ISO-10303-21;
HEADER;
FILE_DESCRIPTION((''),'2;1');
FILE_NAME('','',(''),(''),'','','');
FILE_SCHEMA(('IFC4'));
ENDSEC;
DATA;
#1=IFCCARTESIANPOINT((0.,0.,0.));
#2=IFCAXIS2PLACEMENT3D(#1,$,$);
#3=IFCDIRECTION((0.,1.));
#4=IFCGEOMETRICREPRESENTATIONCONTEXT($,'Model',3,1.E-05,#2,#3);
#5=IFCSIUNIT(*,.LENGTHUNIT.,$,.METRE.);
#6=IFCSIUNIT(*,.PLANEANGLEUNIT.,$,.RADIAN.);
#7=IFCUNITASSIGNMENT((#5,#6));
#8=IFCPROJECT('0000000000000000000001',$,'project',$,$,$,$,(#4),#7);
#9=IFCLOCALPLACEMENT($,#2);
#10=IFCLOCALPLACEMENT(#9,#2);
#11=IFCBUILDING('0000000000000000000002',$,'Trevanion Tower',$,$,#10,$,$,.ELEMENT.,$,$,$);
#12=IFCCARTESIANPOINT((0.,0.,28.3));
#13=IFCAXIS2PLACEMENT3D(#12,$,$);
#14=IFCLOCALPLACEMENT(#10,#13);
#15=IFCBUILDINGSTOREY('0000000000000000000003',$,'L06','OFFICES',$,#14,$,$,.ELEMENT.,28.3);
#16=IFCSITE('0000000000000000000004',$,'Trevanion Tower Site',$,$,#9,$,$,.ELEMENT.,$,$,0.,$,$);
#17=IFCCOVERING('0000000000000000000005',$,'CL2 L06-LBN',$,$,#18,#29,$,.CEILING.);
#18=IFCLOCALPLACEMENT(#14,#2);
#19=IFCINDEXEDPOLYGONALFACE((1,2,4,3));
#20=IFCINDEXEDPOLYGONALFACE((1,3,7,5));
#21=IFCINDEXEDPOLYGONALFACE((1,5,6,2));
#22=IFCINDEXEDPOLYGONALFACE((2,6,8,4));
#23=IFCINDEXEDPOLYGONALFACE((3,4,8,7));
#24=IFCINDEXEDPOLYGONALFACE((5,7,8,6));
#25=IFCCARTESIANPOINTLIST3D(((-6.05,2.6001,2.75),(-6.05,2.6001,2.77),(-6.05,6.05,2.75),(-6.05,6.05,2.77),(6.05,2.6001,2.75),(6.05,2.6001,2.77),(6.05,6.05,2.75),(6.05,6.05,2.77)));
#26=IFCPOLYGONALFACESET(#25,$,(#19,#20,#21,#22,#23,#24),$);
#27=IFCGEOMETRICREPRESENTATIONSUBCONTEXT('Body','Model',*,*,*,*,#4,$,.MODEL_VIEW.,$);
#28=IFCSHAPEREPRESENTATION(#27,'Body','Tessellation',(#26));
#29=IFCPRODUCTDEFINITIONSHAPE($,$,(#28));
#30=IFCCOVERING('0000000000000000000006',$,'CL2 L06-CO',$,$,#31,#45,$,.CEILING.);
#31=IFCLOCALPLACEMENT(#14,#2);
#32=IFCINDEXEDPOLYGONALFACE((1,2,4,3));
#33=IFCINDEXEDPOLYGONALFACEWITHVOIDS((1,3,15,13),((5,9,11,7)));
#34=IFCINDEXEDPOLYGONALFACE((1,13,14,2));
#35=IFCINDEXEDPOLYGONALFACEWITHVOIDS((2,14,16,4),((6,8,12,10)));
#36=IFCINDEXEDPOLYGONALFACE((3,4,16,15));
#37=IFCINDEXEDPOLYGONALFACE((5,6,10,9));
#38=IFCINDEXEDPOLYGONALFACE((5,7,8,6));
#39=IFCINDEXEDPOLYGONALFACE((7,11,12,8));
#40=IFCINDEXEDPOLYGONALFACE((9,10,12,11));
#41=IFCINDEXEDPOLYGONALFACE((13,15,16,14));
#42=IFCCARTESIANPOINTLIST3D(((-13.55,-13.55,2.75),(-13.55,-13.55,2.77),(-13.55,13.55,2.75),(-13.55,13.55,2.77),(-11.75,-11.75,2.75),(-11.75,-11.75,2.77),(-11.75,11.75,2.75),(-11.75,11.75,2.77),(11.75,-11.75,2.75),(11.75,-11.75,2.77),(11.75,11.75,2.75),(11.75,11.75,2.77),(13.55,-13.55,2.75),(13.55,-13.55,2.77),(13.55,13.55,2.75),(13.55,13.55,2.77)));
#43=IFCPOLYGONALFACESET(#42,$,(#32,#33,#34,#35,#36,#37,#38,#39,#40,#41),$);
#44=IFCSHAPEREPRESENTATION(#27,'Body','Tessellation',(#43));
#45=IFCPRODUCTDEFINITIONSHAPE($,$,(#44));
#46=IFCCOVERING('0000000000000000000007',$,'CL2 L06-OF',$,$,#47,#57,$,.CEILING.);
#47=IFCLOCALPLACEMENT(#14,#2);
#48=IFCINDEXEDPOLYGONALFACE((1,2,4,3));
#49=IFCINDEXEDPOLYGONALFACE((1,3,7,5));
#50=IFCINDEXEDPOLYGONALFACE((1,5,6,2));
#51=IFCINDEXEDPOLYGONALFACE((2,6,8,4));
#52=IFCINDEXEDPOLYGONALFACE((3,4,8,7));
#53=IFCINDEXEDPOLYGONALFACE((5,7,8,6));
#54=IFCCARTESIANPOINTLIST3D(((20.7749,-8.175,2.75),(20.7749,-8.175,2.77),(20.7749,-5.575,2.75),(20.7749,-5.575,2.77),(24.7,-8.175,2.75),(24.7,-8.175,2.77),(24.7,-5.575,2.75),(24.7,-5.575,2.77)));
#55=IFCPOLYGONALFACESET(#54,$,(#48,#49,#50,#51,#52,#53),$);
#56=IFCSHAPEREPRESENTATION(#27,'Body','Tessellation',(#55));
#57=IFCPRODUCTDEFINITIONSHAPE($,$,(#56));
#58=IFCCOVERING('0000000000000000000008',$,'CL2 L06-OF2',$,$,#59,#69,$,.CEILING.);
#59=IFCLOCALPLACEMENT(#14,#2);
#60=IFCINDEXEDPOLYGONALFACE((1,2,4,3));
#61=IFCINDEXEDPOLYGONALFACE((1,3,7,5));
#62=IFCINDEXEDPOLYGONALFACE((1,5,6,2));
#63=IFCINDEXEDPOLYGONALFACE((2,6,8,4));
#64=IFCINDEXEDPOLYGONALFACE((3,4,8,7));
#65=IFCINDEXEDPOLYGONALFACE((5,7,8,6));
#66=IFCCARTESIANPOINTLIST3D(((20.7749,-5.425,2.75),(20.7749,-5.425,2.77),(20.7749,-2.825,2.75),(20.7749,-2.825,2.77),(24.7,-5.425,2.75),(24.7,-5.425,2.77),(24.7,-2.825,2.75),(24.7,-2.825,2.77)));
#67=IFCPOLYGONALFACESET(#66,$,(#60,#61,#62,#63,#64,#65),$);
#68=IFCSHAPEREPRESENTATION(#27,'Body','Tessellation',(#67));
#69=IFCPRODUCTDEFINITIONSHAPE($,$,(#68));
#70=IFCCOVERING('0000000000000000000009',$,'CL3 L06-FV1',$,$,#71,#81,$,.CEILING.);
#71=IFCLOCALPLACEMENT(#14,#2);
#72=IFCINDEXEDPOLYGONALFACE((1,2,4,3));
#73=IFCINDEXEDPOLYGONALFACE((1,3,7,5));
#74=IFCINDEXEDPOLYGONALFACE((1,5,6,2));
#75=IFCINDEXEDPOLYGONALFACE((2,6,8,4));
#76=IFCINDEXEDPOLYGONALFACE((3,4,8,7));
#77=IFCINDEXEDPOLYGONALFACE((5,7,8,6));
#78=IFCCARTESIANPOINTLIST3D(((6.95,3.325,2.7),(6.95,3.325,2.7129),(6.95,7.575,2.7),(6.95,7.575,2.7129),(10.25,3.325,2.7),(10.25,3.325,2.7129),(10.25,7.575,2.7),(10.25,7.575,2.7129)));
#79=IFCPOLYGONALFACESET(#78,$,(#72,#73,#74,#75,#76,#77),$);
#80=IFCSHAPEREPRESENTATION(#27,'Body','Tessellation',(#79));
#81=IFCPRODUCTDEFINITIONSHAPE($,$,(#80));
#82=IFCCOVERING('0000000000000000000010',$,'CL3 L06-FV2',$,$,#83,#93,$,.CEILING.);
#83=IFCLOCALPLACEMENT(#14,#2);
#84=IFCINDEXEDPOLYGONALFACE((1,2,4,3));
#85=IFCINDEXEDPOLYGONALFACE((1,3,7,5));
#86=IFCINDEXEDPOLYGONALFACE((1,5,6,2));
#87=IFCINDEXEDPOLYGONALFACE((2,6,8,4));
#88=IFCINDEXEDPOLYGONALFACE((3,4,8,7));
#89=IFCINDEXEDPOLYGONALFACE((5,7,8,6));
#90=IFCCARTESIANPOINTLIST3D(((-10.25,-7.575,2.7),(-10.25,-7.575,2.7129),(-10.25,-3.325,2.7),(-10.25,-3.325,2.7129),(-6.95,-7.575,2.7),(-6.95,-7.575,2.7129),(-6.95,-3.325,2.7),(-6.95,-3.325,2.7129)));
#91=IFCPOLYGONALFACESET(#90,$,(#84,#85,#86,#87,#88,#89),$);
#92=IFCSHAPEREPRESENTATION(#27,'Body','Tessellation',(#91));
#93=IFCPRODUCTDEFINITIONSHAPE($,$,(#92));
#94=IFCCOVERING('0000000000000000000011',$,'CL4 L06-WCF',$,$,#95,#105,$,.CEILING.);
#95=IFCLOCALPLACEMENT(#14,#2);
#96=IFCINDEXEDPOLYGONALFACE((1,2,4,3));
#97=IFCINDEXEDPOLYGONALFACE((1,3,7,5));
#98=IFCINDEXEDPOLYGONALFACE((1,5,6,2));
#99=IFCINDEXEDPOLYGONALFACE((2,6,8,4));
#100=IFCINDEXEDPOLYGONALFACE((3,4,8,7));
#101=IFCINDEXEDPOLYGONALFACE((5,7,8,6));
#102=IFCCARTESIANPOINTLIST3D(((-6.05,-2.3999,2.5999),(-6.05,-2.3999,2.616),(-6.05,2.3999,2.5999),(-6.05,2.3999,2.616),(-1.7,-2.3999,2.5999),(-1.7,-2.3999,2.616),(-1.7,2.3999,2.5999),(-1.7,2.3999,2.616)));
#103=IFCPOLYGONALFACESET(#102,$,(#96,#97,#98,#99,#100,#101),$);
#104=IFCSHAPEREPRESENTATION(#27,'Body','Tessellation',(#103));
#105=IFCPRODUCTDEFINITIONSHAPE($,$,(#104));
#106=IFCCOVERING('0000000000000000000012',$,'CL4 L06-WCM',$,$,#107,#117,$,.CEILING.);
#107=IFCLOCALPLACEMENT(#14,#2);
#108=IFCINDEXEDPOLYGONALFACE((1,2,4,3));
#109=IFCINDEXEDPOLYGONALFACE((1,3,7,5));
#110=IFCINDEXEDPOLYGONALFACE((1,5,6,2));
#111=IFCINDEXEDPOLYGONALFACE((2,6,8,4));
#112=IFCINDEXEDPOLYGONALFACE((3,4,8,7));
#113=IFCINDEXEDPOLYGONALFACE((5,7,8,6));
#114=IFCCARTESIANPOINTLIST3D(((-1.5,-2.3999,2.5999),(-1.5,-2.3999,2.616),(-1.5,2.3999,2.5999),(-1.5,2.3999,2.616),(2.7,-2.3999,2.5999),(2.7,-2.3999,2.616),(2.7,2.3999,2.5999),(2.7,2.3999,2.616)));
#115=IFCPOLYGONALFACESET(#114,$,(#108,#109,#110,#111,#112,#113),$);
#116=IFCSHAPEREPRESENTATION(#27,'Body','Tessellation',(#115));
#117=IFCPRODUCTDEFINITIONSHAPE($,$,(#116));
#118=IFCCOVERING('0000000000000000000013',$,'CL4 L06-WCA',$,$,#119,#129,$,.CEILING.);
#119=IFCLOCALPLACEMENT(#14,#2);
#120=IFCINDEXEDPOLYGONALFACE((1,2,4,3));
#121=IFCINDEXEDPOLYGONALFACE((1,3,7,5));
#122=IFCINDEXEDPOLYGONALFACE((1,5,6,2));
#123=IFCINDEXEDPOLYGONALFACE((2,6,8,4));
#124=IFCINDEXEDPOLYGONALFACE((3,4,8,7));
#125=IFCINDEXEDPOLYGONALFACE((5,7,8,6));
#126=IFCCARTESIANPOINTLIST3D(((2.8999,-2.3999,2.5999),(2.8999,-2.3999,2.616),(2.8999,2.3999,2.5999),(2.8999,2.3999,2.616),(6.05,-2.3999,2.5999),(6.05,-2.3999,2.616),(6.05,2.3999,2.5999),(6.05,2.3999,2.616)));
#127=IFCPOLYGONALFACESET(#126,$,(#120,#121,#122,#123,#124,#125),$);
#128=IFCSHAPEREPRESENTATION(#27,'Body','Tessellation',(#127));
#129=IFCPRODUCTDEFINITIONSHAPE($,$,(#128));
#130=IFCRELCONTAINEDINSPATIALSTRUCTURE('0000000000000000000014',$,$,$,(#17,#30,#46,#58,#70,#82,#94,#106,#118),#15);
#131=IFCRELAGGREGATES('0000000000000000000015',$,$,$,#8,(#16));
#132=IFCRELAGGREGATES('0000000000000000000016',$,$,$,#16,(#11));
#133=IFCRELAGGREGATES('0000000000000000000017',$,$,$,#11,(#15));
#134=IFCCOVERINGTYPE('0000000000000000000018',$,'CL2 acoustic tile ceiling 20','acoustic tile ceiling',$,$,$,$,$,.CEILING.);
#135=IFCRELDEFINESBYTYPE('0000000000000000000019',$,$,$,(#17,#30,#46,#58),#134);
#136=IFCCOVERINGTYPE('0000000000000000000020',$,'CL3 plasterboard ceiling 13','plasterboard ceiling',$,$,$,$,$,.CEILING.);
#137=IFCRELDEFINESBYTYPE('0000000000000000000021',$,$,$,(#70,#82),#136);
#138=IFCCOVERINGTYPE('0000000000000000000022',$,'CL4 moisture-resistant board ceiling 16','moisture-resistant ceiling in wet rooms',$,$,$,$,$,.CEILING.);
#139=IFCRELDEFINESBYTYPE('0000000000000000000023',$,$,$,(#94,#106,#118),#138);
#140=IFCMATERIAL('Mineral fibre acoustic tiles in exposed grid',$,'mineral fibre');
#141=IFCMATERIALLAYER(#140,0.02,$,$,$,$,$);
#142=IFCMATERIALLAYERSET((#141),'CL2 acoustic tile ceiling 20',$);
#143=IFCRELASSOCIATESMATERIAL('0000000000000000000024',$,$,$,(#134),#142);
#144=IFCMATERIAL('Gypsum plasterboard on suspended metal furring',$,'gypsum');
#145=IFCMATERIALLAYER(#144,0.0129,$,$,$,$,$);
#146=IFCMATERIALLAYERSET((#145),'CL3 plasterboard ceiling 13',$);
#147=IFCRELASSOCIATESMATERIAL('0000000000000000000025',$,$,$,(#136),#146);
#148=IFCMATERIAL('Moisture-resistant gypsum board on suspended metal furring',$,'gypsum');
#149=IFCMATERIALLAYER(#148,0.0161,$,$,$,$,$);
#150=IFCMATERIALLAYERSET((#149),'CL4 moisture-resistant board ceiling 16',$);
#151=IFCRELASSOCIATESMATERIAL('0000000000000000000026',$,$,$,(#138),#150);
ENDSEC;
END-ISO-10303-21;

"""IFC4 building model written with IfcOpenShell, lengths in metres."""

from ifc_helpers import new_model, si_unit, direction, frame, origin, place, context, subcontext, project, spatial, polyline, outline, extrude, material, layer, layer_set, type_object, element, save


model = new_model("IFC4")

# Units and contexts
model_context = context("Model", 3, precision=1e-05, world=origin(), true_north=direction((0.0, 1.0)))
body_context = subcontext(model_context, "Body", "Model", "MODEL_VIEW")
ifc_project = project(units=[si_unit("LENGTHUNIT", "METRE"), si_unit("PLANEANGLEUNIT", "RADIAN")], contexts=[model_context])

# Site, building, storey
site_placement = place(None, origin())
site = spatial("IfcSite", under=ifc_project, at=site_placement, Name="Trevanion Tower Site", CompositionType="ELEMENT", RefElevation=0.0)
building_placement = place(site_placement, origin())
building = spatial("IfcBuilding", under=site, at=building_placement, Name="Trevanion Tower", CompositionType="ELEMENT")
storey_placement = place(building_placement, frame((0.0, 0.0, 28.3)))
storey = spatial("IfcBuildingStorey", under=building, at=storey_placement, Name="L06", Description="OFFICES", CompositionType="ELEMENT", Elevation=28.3)

# Coverings
ifc_material_1 = material(Name="Mineral fibre acoustic tiles in exposed grid", Category="mineral fibre")
ifc_layer_1 = layer(ifc_material_1, 0.02)
ifc_layer_set_1 = layer_set([ifc_layer_1], Name="CL2 acoustic tile ceiling 20")
covering_type_1 = type_object("IfcCoveringType", Name="CL2 acoustic tile ceiling 20", Description="acoustic tile ceiling", PredefinedType="CEILING", material=ifc_layer_set_1)
covering_1_placement = place(storey_placement, frame((0.0, 0.0, 2.75)))
element("IfcCovering", 1, at=covering_1_placement, inside=storey, type_object=covering_type_1, Name="CL2 L06-LBN", PredefinedType="CEILING", context=body_context, shape_type="SweptSolid", body=[
    extrude(outline(polyline([(6.05, 2.6001), (6.05, 6.05), (-6.05, 6.05), (-6.05, 2.6001), (6.05, 2.6001)])), origin(), (0.0, 0.0, 1.0), 0.02),
])
covering_2_placement = place(storey_placement, frame((0.0, 0.0, 2.75)))
element("IfcCovering", 2, at=covering_2_placement, inside=storey, type_object=covering_type_1, Name="CL2 L06-CO", PredefinedType="CEILING", context=body_context, shape_type="SweptSolid", body=[
    extrude(outline(polyline([(-13.55, 13.55), (13.55, 13.55), (13.55, -13.55), (-13.55, -13.55), (-13.55, 13.55)]), holes=[polyline([(-11.75, 11.75), (-11.75, -11.75), (11.75, -11.75), (11.75, 11.75), (-11.75, 11.75)])]), origin(), (0.0, 0.0, 1.0), 0.02),
])
covering_3_placement = place(storey_placement, frame((0.0, 0.0, 2.75)))
element("IfcCovering", 3, at=covering_3_placement, inside=storey, type_object=covering_type_1, Name="CL2 L06-OF", PredefinedType="CEILING", context=body_context, shape_type="SweptSolid", body=[
    extrude(outline(polyline([(20.7749, -8.175), (20.7749, -5.575), (24.7, -5.575), (24.7, -8.175), (20.7749, -8.175)])), origin(), (0.0, 0.0, 1.0), 0.02),
])
covering_4_placement = place(storey_placement, frame((0.0, 0.0, 2.75)))
element("IfcCovering", 4, at=covering_4_placement, inside=storey, type_object=covering_type_1, Name="CL2 L06-OF2", PredefinedType="CEILING", context=body_context, shape_type="SweptSolid", body=[
    extrude(outline(polyline([(20.7749, -5.425), (20.7749, -2.825), (24.7, -2.825), (24.7, -5.425), (20.7749, -5.425)])), origin(), (0.0, 0.0, 1.0), 0.02),
])
ifc_material_2 = material(Name="Gypsum plasterboard on suspended metal furring", Category="gypsum")
ifc_layer_2 = layer(ifc_material_2, 0.0129)
ifc_layer_set_2 = layer_set([ifc_layer_2], Name="CL3 plasterboard ceiling 13")
covering_type_2 = type_object("IfcCoveringType", Name="CL3 plasterboard ceiling 13", Description="plasterboard ceiling", PredefinedType="CEILING", material=ifc_layer_set_2)
covering_5_placement = place(storey_placement, frame((0.0, 0.0, 2.7)))
element("IfcCovering", 5, at=covering_5_placement, inside=storey, type_object=covering_type_2, Name="CL3 L06-FV1", PredefinedType="CEILING", context=body_context, shape_type="SweptSolid", body=[
    extrude(outline(polyline([(10.25, 3.325), (10.25, 7.575), (6.95, 7.575), (6.95, 3.325), (10.25, 3.325)])), origin(), (0.0, 0.0, 1.0), 0.0129),
])
covering_6_placement = place(storey_placement, frame((0.0, 0.0, 2.7)))
element("IfcCovering", 6, at=covering_6_placement, inside=storey, type_object=covering_type_2, Name="CL3 L06-FV2", PredefinedType="CEILING", context=body_context, shape_type="SweptSolid", body=[
    extrude(outline(polyline([(-10.25, -3.325), (-10.25, -7.575), (-6.95, -7.575), (-6.95, -3.325), (-10.25, -3.325)])), origin(), (0.0, 0.0, 1.0), 0.0129),
])
ifc_material_3 = material(Name="Moisture-resistant gypsum board on suspended metal furring", Category="gypsum")
ifc_layer_3 = layer(ifc_material_3, 0.0161)
ifc_layer_set_3 = layer_set([ifc_layer_3], Name="CL4 moisture-resistant board ceiling 16")
covering_type_3 = type_object("IfcCoveringType", Name="CL4 moisture-resistant board ceiling 16", Description="moisture-resistant ceiling in wet rooms", PredefinedType="CEILING", material=ifc_layer_set_3)
covering_7_placement = place(storey_placement, frame((0.0, 0.0, 2.5999)))
element("IfcCovering", 7, at=covering_7_placement, inside=storey, type_object=covering_type_3, Name="CL4 L06-WCF", PredefinedType="CEILING", context=body_context, shape_type="SweptSolid", body=[
    extrude(outline(polyline([(-1.7, -2.3999), (-1.7, 2.3999), (-6.05, 2.3999), (-6.05, -2.3999), (-1.7, -2.3999)])), origin(), (0.0, 0.0, 1.0), 0.0161),
])
covering_8_placement = place(storey_placement, frame((0.0, 0.0, 2.5999)))
element("IfcCovering", 8, at=covering_8_placement, inside=storey, type_object=covering_type_3, Name="CL4 L06-WCM", PredefinedType="CEILING", context=body_context, shape_type="SweptSolid", body=[
    extrude(outline(polyline([(2.7, -2.3999), (2.7, 2.3999), (-1.5, 2.3999), (-1.5, -2.3999), (2.7, -2.3999)])), origin(), (0.0, 0.0, 1.0), 0.0161),
])
covering_9_placement = place(storey_placement, frame((0.0, 0.0, 2.5999)))
element("IfcCovering", 9, at=covering_9_placement, inside=storey, type_object=covering_type_3, Name="CL4 L06-WCA", PredefinedType="CEILING", context=body_context, shape_type="SweptSolid", body=[
    extrude(outline(polyline([(6.05, -2.3999), (6.05, 2.3999), (2.8999, 2.3999), (2.8999, -2.3999), (6.05, -2.3999)])), origin(), (0.0, 0.0, 1.0), 0.0161),
])

save(model, "model.ifc")
